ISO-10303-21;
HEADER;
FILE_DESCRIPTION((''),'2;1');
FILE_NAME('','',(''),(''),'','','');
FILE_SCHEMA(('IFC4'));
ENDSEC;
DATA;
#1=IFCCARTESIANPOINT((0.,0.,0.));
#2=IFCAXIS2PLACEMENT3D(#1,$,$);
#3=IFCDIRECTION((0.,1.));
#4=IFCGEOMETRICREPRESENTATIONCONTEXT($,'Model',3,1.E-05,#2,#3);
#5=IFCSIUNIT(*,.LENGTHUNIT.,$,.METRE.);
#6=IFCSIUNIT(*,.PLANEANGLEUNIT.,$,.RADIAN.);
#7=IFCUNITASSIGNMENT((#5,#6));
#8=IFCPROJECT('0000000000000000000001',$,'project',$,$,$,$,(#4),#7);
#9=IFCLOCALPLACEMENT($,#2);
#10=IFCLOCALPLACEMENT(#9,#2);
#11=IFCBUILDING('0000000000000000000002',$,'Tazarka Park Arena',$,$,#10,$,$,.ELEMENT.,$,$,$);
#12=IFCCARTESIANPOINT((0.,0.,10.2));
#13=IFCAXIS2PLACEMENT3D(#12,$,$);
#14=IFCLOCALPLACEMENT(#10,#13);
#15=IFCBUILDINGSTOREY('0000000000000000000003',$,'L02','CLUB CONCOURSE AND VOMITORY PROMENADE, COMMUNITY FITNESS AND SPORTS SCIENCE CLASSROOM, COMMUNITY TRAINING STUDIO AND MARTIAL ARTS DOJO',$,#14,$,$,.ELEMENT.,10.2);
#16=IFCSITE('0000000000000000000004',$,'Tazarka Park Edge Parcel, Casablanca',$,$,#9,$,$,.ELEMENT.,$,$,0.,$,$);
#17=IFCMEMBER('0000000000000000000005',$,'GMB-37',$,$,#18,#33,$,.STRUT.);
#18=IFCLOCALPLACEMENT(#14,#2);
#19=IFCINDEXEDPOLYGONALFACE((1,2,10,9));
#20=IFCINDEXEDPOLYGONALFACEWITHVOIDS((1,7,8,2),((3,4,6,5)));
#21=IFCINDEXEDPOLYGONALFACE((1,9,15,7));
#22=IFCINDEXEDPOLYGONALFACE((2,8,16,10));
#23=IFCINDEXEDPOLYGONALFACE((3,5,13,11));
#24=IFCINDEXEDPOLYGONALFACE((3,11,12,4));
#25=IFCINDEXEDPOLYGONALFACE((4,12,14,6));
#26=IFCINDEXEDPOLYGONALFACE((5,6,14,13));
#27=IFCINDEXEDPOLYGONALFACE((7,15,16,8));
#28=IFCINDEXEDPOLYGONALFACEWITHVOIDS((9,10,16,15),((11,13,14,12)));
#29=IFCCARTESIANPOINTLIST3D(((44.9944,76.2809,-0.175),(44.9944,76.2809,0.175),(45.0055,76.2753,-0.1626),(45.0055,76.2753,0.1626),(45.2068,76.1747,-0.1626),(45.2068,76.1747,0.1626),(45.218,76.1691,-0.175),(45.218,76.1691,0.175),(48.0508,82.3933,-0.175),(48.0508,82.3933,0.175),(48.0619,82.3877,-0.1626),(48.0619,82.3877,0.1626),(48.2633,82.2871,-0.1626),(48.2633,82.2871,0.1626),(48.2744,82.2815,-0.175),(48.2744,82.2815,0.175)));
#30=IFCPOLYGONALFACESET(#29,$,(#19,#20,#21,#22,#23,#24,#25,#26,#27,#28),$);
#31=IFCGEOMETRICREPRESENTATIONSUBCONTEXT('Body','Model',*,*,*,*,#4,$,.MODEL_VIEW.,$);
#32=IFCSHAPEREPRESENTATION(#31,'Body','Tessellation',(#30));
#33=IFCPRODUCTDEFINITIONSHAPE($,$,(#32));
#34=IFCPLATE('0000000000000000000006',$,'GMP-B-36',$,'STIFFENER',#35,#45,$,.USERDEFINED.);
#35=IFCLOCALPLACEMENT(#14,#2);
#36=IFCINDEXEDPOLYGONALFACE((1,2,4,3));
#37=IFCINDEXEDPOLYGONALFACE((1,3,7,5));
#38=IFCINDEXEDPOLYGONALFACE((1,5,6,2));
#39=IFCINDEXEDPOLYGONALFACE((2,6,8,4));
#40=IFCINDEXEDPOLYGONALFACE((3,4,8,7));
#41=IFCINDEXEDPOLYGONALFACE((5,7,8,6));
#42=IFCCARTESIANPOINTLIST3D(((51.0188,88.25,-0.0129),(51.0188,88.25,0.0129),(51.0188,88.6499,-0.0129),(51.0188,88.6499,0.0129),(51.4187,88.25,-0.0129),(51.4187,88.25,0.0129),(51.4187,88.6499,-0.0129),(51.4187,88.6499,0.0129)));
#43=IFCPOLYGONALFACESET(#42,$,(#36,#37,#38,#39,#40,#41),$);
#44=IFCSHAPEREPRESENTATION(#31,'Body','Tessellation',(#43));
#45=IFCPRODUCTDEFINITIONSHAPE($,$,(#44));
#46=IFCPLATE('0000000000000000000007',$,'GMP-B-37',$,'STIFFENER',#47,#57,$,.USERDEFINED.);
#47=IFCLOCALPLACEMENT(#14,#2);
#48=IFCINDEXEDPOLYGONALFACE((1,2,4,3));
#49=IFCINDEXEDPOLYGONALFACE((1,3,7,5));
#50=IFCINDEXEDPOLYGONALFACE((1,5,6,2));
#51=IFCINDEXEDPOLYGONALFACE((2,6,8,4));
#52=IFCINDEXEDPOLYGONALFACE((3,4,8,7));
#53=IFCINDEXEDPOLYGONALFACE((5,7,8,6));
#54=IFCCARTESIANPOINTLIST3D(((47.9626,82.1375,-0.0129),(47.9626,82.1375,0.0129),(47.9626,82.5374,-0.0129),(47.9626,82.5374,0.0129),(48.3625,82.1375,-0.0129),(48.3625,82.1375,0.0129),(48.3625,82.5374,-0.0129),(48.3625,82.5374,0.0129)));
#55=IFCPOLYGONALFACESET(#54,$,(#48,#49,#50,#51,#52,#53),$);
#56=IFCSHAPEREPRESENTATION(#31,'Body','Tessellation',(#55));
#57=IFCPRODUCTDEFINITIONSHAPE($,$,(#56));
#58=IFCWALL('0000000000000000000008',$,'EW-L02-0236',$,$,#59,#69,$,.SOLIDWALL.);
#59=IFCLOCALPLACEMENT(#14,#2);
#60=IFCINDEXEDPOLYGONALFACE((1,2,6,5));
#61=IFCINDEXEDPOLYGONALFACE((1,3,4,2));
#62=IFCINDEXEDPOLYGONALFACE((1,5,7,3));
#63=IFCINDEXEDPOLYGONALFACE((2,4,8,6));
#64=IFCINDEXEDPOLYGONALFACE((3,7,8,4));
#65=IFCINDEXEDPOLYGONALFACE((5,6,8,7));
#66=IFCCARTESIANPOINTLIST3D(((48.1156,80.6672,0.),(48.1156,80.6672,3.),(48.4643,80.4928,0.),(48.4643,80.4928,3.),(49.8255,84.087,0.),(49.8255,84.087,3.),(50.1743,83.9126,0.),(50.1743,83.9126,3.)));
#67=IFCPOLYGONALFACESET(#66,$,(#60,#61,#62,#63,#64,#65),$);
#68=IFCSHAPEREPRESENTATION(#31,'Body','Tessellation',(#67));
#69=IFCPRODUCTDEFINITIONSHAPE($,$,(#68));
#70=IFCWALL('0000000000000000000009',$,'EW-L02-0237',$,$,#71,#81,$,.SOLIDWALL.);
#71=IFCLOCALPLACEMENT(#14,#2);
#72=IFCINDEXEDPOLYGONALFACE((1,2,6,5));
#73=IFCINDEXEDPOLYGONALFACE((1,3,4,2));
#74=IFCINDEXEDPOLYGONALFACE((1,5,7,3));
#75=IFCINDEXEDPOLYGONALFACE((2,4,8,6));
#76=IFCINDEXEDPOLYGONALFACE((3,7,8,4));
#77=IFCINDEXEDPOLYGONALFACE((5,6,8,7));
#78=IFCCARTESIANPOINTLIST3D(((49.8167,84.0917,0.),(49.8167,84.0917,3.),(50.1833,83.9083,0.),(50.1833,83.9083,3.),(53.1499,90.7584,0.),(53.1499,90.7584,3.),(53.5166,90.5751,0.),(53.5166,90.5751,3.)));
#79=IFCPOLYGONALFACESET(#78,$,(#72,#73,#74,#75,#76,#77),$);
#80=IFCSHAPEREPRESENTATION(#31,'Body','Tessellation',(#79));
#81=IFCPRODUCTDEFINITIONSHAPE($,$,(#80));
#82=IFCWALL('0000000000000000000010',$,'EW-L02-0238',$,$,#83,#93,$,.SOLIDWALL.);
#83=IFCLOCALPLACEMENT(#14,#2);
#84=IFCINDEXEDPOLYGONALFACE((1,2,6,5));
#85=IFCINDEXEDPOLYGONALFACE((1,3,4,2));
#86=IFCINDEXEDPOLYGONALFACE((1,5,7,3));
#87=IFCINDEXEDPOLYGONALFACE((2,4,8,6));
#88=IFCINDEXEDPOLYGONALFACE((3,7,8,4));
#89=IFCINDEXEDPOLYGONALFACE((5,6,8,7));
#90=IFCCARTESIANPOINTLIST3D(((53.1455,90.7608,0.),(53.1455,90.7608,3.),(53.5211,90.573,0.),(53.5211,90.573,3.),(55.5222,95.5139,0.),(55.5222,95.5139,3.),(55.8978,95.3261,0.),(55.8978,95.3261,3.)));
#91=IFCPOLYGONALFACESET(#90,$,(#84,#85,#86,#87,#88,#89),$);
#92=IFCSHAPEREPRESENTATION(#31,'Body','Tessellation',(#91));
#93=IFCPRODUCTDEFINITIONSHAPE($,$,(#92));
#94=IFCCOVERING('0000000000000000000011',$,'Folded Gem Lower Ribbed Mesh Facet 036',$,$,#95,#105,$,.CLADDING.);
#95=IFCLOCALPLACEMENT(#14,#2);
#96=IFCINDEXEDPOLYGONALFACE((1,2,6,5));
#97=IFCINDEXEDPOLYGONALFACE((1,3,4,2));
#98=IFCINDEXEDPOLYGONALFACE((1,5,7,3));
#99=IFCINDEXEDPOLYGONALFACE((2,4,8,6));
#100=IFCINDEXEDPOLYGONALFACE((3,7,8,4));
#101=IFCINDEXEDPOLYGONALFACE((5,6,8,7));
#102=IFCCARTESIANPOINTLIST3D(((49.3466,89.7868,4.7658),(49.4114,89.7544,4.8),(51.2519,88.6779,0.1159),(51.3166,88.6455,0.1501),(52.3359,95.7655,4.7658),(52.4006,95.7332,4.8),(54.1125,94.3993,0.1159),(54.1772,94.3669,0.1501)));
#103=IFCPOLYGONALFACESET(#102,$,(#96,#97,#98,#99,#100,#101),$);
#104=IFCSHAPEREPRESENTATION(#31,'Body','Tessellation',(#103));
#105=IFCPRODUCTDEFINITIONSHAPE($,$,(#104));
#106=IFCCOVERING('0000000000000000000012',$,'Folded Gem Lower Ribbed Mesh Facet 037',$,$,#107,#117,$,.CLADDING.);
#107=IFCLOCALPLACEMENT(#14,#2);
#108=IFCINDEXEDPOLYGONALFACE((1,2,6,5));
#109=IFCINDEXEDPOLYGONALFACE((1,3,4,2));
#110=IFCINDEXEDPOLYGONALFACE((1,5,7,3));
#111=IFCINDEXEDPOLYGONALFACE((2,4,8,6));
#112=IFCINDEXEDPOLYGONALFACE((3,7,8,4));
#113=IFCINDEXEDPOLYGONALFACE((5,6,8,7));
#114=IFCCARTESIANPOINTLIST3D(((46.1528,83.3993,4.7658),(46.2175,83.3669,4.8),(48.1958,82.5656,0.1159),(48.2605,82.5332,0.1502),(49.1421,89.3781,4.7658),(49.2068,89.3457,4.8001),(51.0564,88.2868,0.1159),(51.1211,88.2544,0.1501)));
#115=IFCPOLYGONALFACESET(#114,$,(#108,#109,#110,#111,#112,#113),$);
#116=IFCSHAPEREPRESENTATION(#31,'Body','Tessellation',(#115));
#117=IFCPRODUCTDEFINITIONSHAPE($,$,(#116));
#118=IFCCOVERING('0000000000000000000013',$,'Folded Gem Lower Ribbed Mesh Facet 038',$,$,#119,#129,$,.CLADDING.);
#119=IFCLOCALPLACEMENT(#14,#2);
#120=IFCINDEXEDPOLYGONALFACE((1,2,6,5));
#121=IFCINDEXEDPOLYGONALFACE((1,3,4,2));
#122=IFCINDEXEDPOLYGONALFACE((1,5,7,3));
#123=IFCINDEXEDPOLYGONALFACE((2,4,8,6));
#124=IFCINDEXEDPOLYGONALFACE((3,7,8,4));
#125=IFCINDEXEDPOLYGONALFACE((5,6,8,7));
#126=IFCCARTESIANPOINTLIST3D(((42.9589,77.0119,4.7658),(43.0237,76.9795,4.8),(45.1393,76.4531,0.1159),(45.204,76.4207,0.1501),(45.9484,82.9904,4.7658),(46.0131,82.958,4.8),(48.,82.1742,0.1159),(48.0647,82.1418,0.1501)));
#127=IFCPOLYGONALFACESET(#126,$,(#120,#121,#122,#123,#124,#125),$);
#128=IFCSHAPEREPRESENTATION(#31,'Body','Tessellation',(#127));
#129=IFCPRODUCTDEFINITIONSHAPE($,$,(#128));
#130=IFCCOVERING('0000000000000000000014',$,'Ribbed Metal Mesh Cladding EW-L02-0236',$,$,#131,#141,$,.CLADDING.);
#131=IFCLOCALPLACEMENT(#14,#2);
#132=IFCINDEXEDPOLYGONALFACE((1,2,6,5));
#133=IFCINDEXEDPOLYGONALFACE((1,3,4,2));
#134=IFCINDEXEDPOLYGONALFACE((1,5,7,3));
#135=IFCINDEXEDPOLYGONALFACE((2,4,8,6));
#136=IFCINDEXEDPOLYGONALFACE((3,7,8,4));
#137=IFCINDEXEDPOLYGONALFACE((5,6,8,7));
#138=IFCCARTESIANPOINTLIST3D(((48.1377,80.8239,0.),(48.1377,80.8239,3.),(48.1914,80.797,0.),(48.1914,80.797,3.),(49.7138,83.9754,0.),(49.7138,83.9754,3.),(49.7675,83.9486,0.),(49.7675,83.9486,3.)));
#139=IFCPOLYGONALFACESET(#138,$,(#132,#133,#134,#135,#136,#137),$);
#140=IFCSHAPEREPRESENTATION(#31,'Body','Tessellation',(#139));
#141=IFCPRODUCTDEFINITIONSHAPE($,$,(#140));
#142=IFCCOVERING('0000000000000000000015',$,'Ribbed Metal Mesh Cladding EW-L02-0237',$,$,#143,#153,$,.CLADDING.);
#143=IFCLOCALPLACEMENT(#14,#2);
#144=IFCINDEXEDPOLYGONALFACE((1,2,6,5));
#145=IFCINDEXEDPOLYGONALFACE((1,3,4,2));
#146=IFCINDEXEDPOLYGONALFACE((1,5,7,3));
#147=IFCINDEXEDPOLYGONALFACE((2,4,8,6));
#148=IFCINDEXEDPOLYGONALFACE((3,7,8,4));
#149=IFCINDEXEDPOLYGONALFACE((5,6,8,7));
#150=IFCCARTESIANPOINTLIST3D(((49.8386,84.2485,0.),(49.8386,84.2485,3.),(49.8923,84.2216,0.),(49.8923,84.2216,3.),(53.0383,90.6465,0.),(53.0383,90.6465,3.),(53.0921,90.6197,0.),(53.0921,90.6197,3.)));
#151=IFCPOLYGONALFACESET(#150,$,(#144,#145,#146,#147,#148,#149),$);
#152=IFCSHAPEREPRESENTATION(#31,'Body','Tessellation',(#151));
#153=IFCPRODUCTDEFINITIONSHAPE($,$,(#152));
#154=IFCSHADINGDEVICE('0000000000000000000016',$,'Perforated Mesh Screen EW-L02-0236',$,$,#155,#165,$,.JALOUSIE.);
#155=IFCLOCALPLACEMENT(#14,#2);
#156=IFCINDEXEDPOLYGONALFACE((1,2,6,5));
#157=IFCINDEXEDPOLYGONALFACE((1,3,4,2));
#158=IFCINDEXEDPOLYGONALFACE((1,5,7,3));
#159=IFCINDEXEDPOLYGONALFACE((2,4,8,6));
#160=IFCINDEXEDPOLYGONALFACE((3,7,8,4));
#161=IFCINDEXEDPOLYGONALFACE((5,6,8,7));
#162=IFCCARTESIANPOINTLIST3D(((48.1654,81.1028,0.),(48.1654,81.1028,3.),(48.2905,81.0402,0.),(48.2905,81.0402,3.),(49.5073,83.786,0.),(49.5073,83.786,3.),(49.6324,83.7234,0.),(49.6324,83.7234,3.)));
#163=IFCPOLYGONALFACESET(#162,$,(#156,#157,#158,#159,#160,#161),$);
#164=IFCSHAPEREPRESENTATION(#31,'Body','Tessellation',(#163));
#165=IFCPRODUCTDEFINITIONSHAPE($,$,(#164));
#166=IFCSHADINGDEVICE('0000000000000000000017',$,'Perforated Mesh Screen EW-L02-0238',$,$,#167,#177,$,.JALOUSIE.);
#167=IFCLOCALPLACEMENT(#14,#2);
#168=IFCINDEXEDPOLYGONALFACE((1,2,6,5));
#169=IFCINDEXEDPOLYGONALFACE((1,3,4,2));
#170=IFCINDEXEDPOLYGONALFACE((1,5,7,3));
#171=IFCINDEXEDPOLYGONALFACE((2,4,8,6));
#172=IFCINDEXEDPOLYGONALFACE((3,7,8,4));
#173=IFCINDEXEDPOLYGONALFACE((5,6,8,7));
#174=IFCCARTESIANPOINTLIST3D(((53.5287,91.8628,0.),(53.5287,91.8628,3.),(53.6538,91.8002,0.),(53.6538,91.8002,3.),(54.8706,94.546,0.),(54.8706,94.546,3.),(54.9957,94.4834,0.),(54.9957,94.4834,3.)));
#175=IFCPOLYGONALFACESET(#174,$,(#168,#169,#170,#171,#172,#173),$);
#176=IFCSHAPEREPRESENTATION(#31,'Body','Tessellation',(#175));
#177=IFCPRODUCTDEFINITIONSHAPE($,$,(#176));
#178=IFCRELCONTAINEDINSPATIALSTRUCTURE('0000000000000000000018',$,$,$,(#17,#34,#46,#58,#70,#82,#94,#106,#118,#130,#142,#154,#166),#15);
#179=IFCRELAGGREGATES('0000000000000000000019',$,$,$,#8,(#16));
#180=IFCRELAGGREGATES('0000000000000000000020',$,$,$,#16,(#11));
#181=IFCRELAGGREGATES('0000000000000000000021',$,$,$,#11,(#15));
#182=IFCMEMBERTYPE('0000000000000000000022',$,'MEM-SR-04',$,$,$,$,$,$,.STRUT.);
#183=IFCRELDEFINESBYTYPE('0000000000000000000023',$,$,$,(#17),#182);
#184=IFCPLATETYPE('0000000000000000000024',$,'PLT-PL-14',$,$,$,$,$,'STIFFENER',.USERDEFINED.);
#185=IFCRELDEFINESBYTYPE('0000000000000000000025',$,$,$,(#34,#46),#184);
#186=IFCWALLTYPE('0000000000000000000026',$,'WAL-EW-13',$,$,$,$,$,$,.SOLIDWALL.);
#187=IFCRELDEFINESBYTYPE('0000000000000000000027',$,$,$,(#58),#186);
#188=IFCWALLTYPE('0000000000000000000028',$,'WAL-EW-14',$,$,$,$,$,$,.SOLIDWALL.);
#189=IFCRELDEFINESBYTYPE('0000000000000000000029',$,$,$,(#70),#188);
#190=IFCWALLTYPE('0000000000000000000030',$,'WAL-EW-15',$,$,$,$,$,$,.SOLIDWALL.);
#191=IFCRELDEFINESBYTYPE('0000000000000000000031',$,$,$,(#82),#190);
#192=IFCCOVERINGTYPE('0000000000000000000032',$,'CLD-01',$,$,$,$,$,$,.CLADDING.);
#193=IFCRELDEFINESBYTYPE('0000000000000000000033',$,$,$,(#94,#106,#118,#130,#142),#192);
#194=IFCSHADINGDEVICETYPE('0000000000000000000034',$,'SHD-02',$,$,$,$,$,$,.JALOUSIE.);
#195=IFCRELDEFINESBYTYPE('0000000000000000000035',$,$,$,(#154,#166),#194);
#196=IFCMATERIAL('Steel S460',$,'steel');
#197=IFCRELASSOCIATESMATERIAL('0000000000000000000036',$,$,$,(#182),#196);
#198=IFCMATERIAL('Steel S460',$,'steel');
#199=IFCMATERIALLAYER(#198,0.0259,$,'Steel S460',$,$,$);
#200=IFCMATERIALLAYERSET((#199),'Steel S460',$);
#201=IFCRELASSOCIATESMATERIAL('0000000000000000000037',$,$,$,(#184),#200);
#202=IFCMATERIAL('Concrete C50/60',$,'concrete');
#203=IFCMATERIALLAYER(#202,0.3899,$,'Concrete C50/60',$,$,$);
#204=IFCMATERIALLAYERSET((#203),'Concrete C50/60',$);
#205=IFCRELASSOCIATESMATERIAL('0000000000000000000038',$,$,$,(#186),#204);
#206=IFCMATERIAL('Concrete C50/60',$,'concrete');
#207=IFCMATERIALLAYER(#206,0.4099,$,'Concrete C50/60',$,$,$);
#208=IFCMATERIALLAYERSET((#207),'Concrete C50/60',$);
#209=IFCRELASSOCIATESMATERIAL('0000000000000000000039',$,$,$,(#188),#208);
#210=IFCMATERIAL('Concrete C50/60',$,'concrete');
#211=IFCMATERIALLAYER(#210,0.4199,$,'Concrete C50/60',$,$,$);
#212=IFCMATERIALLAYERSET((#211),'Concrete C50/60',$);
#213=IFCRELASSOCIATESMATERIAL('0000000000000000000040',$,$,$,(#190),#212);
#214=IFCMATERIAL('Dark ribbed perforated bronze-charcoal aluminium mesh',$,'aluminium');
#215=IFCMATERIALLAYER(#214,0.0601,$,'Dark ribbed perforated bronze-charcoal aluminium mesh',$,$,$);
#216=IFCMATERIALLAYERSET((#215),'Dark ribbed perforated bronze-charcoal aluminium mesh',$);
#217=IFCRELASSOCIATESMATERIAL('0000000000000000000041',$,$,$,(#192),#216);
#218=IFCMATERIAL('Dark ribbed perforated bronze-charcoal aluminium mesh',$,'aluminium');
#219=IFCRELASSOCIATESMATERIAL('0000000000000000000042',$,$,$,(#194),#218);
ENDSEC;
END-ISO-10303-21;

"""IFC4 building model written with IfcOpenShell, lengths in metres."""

from ifc_helpers import new_model, si_unit, direction, frame, frame_2d, origin, origin_2d, place, context, subcontext, project, spatial, polyline, rectangle, hollow_rectangle, outline, extrude, material, layer, layer_set, material_profile, profile_set, type_object, element, save


model = new_model("IFC4")

# Units and contexts
model_context = context("Model", 3, precision=1e-05, world=origin(), true_north=direction((0.0, 1.0)))
body_context = subcontext(model_context, "Body", "Model", "MODEL_VIEW")
ifc_project = project(units=[si_unit("LENGTHUNIT", "METRE"), si_unit("PLANEANGLEUNIT", "RADIAN")], contexts=[model_context])

# Site, building, storey
site_placement = place(None, origin())
site = spatial("IfcSite", under=ifc_project, at=site_placement, Name="Tazarka Park Edge Parcel, Casablanca", CompositionType="ELEMENT", RefElevation=0.0)
building_placement = place(site_placement, origin())
building = spatial("IfcBuilding", under=site, at=building_placement, Name="Tazarka Park Arena", CompositionType="ELEMENT")
storey_placement = place(building_placement, frame((0.0, 0.0, 10.2)))
storey = spatial("IfcBuildingStorey", under=building, at=storey_placement, Name="L02", Description="CLUB CONCOURSE AND VOMITORY PROMENADE, COMMUNITY FITNESS AND SPORTS SCIENCE CLASSROOM, COMMUNITY TRAINING STUDIO AND MARTIAL ARTS DOJO", CompositionType="ELEMENT", Elevation=10.2)

# Member
ifc_material_1 = material(Name="Steel S460", Category="steel")
ifc_material_profile_1 = material_profile(ifc_material_1, hollow_rectangle(XDim=0.25, YDim=0.3501, WallThickness=0.0125, at=origin_2d()), Name="Steel S460")
ifc_profile_set_1 = profile_set([ifc_material_profile_1], Name="Steel S460")
member_type_1 = type_object("IfcMemberType", Name="MEM-SR-04", PredefinedType="STRUT", material=ifc_profile_set_1)
for number, where, z_axis, x_axis, name in (
    (1, (48.1626, 82.3374, 0.0), (-0.447242, -0.894413, 0.0), (0.894413, -0.447242, 0.0), "GMB-37"),
):
    element("IfcMember", number, at=place(storey_placement, frame(where, z_axis=z_axis, x_axis=x_axis)), inside=storey, type_object=member_type_1, Name=name, PredefinedType="STRUT", context=body_context, shape_type="SweptSolid", body=[
        extrude(hollow_rectangle(XDim=0.25, YDim=0.3501, WallThickness=0.0125, at=origin_2d()), origin(), (0.0, 0.0, 1.0), 6.834),
    ])

# Plates
ifc_material_2 = material(Name="Steel S460", Category="steel")
ifc_layer_1 = layer(ifc_material_2, 0.0259, Name="Steel S460")
ifc_layer_set_1 = layer_set([ifc_layer_1], Name="Steel S460")
plate_type = type_object("IfcPlateType", Name="PLT-PL-14", ElementType="STIFFENER", PredefinedType="USERDEFINED", material=ifc_layer_set_1)
for number, where, z_axis, x_axis, name in (
    (2, (51.2188, 88.45, -0.0129), (0.0, 0.0, 1.0), (1.0, 0.0, 0.0), "GMP-B-36"),
    (3, (48.1626, 82.3374, -0.0129), (0.0, 0.0, 1.0), (1.0, 0.0, 0.0), "GMP-B-37"),
):
    element("IfcPlate", number, at=place(storey_placement, frame(where, z_axis=z_axis, x_axis=x_axis)), inside=storey, type_object=plate_type, Name=name, ObjectType="STIFFENER", PredefinedType="USERDEFINED", context=body_context, shape_type="SweptSolid", body=[
        extrude(rectangle(XDim=0.3999, YDim=0.3999, at=origin_2d()), origin(), (0.0, 0.0, 1.0), 0.0259),
    ])

# Walls
ifc_material_3 = material(Name="Concrete C50/60", Category="concrete")
ifc_layer_2 = layer(ifc_material_3, 0.3899, Name="Concrete C50/60")
ifc_layer_set_2 = layer_set([ifc_layer_2], Name="Concrete C50/60")
wall_type_1 = type_object("IfcWallType", Name="WAL-EW-13", PredefinedType="SOLIDWALL", material=ifc_layer_set_2)
wall_1_placement = place(storey_placement, frame((48.29, 80.5801, 0.0), z_axis=(0.0, 0.0, 1.0), x_axis=(0.447214, 0.894427, 0.0)))
element("IfcWall", 4, at=wall_1_placement, inside=storey, type_object=wall_type_1, Name="EW-L02-0236", PredefinedType="SOLIDWALL", context=body_context, shape_type="SweptSolid", body=[
    extrude(rectangle(XDim=3.8235, YDim=0.3899, at=frame_2d((1.9116, 0.0))), origin(), (0.0, 0.0, 1.0), 3.0),
])
ifc_material_4 = material(Name="Concrete C50/60", Category="concrete")
ifc_layer_3 = layer(ifc_material_4, 0.4099, Name="Concrete C50/60")
ifc_layer_set_3 = layer_set([ifc_layer_3], Name="Concrete C50/60")
wall_type_2 = type_object("IfcWallType", Name="WAL-EW-14", PredefinedType="SOLIDWALL", material=ifc_layer_set_3)
wall_2_placement = place(storey_placement, frame((50.0, 84.0, 0.0), z_axis=(0.0, 0.0, 1.0), x_axis=(0.4472, 0.894434, 0.0)))
element("IfcWall", 5, at=wall_2_placement, inside=storey, type_object=wall_type_2, Name="EW-L02-0237", PredefinedType="SOLIDWALL", context=body_context, shape_type="SweptSolid", body=[
    extrude(rectangle(XDim=7.4536, YDim=0.4099, at=frame_2d((3.7268, 0.0))), origin(), (0.0, 0.0, 1.0), 3.0),
])
ifc_material_5 = material(Name="Concrete C50/60", Category="concrete")
ifc_layer_4 = layer(ifc_material_5, 0.4199, Name="Concrete C50/60")
ifc_layer_set_4 = layer_set([ifc_layer_4], Name="Concrete C50/60")
wall_type_3 = type_object("IfcWallType", Name="WAL-EW-15", PredefinedType="SOLIDWALL", material=ifc_layer_set_4)
wall_3_placement = place(storey_placement, frame((53.3333, 90.6667, 0.0), z_axis=(0.0, 0.0, 1.0), x_axis=(0.447232, 0.894418, 0.0)))
element("IfcWall", 6, at=wall_3_placement, inside=storey, type_object=wall_type_3, Name="EW-L02-0238", PredefinedType="SOLIDWALL", context=body_context, shape_type="SweptSolid", body=[
    extrude(rectangle(XDim=5.3142, YDim=0.4199, at=frame_2d((2.6572, 0.0))), origin(), (0.0, 0.0, 1.0), 3.0),
])

# Coverings
ifc_material_6 = material(Name="Dark ribbed perforated bronze-charcoal aluminium mesh", Category="aluminium")
ifc_layer_5 = layer(ifc_material_6, 0.0601, Name="Dark ribbed perforated bronze-charcoal aluminium mesh")
ifc_layer_set_5 = layer_set([ifc_layer_5], Name="Dark ribbed perforated bronze-charcoal aluminium mesh")
covering_type = type_object("IfcCoveringType", Name="CLD-01", PredefinedType="CLADDING", material=ifc_layer_set_5)
covering_1_placement = place(storey_placement, frame((54.1772, 94.3669, 0.1501), z_axis=(0.808506, -0.404236, 0.427681), x_axis=(-0.447199, -0.894435, 0.0)))
element("IfcCovering", 7, at=covering_1_placement, inside=storey, type_object=covering_type, Name="Folded Gem Lower Ribbed Mesh Facet 036", PredefinedType="CLADDING", context=body_context, shape_type="SweptSolid", body=[
    extrude(outline(polyline([(0.0, 0.0), (6.3967, 0.0), (6.2569, -5.1441), (-0.4275, -5.1441), (0.0, 0.0)])), origin(), (0.0, 0.0, -1.0), 0.0801),
])
covering_2_placement = place(storey_placement, frame((51.1211, 88.2544, 0.1501), z_axis=(0.808491, -0.404237, 0.427708), x_axis=(-0.447207, -0.89443, 0.000003)))
element("IfcCovering", 8, at=covering_2_placement, inside=storey, type_object=covering_type, Name="Folded Gem Lower Ribbed Mesh Facet 037", PredefinedType="CLADDING", context=body_context, shape_type="SweptSolid", body=[
    extrude(outline(polyline([(0.0, 0.0), (6.3965, 0.0), (6.5644, -5.1441), (-0.12, -5.1442), (0.0, 0.0)])), origin(), (0.0, 0.0, -1.0), 0.0801),
])
covering_3_placement = place(storey_placement, frame((48.0647, 82.1418, 0.1501), z_axis=(0.808493, -0.404263, 0.427681), x_axis=(-0.447226, -0.894421, -0.000006)))
element("IfcCovering", 9, at=covering_3_placement, inside=storey, type_object=covering_type, Name="Folded Gem Lower Ribbed Mesh Facet 038", PredefinedType="CLADDING", context=body_context, shape_type="SweptSolid", body=[
    extrude(outline(polyline([(0.0, 0.0), (6.3965, 0.0), (6.8718, -5.1441), (0.1875, -5.1441), (0.0, 0.0)])), origin(), (0.0, 0.0, -1.0), 0.0801),
])
covering_4_placement = place(storey_placement, frame((48.9526, 82.3862, 0.0), z_axis=(0.0, 0.0, 1.0), x_axis=(0.447291, 0.894389, 0.0)))
element("IfcCovering", 10, at=covering_4_placement, inside=storey, type_object=covering_type, Name="Ribbed Metal Mesh Cladding EW-L02-0236", PredefinedType="CLADDING", context=body_context, shape_type="SweptSolid", body=[
    extrude(rectangle(XDim=3.5237, YDim=0.0601, at=origin_2d()), origin(), (0.0, 0.0, 1.0), 3.0),
])
covering_5_placement = place(storey_placement, frame((51.4653, 87.4341, 0.0), z_axis=(0.0, 0.0, 1.0), x_axis=(0.447291, 0.894389, 0.0)))
element("IfcCovering", 11, at=covering_5_placement, inside=storey, type_object=covering_type, Name="Ribbed Metal Mesh Cladding EW-L02-0237", PredefinedType="CLADDING", context=body_context, shape_type="SweptSolid", body=[
    extrude(rectangle(XDim=7.1536, YDim=0.0601, at=origin_2d()), origin(), (0.0, 0.0, 1.0), 3.0),
])

# Shading devices
ifc_material_7 = material(Name="Dark ribbed perforated bronze-charcoal aluminium mesh", Category="aluminium")
shading_device_type = type_object("IfcShadingDeviceType", Name="SHD-02", PredefinedType="JALOUSIE", material=ifc_material_7)
for number, where, z_axis, x_axis, name in (
    (12, (48.8989, 82.4131, 0.0), (0.0, 0.0, 1.0), (0.447291, 0.894389, 0.0), "Perforated Mesh Screen EW-L02-0236"),
    (13, (54.2622, 93.1731, 0.0), (0.0, 0.0, 1.0), (0.447291, 0.894389, 0.0), "Perforated Mesh Screen EW-L02-0238"),
):
    element("IfcShadingDevice", number, at=place(storey_placement, frame(where, z_axis=z_axis, x_axis=x_axis)), inside=storey, type_object=shading_device_type, Name=name, PredefinedType="JALOUSIE", context=body_context, shape_type="SweptSolid", body=[
        extrude(rectangle(XDim=3.0, YDim=0.1399, at=origin_2d()), origin(), (0.0, 0.0, 1.0), 3.0),
    ])

save(model, "model.ifc")
